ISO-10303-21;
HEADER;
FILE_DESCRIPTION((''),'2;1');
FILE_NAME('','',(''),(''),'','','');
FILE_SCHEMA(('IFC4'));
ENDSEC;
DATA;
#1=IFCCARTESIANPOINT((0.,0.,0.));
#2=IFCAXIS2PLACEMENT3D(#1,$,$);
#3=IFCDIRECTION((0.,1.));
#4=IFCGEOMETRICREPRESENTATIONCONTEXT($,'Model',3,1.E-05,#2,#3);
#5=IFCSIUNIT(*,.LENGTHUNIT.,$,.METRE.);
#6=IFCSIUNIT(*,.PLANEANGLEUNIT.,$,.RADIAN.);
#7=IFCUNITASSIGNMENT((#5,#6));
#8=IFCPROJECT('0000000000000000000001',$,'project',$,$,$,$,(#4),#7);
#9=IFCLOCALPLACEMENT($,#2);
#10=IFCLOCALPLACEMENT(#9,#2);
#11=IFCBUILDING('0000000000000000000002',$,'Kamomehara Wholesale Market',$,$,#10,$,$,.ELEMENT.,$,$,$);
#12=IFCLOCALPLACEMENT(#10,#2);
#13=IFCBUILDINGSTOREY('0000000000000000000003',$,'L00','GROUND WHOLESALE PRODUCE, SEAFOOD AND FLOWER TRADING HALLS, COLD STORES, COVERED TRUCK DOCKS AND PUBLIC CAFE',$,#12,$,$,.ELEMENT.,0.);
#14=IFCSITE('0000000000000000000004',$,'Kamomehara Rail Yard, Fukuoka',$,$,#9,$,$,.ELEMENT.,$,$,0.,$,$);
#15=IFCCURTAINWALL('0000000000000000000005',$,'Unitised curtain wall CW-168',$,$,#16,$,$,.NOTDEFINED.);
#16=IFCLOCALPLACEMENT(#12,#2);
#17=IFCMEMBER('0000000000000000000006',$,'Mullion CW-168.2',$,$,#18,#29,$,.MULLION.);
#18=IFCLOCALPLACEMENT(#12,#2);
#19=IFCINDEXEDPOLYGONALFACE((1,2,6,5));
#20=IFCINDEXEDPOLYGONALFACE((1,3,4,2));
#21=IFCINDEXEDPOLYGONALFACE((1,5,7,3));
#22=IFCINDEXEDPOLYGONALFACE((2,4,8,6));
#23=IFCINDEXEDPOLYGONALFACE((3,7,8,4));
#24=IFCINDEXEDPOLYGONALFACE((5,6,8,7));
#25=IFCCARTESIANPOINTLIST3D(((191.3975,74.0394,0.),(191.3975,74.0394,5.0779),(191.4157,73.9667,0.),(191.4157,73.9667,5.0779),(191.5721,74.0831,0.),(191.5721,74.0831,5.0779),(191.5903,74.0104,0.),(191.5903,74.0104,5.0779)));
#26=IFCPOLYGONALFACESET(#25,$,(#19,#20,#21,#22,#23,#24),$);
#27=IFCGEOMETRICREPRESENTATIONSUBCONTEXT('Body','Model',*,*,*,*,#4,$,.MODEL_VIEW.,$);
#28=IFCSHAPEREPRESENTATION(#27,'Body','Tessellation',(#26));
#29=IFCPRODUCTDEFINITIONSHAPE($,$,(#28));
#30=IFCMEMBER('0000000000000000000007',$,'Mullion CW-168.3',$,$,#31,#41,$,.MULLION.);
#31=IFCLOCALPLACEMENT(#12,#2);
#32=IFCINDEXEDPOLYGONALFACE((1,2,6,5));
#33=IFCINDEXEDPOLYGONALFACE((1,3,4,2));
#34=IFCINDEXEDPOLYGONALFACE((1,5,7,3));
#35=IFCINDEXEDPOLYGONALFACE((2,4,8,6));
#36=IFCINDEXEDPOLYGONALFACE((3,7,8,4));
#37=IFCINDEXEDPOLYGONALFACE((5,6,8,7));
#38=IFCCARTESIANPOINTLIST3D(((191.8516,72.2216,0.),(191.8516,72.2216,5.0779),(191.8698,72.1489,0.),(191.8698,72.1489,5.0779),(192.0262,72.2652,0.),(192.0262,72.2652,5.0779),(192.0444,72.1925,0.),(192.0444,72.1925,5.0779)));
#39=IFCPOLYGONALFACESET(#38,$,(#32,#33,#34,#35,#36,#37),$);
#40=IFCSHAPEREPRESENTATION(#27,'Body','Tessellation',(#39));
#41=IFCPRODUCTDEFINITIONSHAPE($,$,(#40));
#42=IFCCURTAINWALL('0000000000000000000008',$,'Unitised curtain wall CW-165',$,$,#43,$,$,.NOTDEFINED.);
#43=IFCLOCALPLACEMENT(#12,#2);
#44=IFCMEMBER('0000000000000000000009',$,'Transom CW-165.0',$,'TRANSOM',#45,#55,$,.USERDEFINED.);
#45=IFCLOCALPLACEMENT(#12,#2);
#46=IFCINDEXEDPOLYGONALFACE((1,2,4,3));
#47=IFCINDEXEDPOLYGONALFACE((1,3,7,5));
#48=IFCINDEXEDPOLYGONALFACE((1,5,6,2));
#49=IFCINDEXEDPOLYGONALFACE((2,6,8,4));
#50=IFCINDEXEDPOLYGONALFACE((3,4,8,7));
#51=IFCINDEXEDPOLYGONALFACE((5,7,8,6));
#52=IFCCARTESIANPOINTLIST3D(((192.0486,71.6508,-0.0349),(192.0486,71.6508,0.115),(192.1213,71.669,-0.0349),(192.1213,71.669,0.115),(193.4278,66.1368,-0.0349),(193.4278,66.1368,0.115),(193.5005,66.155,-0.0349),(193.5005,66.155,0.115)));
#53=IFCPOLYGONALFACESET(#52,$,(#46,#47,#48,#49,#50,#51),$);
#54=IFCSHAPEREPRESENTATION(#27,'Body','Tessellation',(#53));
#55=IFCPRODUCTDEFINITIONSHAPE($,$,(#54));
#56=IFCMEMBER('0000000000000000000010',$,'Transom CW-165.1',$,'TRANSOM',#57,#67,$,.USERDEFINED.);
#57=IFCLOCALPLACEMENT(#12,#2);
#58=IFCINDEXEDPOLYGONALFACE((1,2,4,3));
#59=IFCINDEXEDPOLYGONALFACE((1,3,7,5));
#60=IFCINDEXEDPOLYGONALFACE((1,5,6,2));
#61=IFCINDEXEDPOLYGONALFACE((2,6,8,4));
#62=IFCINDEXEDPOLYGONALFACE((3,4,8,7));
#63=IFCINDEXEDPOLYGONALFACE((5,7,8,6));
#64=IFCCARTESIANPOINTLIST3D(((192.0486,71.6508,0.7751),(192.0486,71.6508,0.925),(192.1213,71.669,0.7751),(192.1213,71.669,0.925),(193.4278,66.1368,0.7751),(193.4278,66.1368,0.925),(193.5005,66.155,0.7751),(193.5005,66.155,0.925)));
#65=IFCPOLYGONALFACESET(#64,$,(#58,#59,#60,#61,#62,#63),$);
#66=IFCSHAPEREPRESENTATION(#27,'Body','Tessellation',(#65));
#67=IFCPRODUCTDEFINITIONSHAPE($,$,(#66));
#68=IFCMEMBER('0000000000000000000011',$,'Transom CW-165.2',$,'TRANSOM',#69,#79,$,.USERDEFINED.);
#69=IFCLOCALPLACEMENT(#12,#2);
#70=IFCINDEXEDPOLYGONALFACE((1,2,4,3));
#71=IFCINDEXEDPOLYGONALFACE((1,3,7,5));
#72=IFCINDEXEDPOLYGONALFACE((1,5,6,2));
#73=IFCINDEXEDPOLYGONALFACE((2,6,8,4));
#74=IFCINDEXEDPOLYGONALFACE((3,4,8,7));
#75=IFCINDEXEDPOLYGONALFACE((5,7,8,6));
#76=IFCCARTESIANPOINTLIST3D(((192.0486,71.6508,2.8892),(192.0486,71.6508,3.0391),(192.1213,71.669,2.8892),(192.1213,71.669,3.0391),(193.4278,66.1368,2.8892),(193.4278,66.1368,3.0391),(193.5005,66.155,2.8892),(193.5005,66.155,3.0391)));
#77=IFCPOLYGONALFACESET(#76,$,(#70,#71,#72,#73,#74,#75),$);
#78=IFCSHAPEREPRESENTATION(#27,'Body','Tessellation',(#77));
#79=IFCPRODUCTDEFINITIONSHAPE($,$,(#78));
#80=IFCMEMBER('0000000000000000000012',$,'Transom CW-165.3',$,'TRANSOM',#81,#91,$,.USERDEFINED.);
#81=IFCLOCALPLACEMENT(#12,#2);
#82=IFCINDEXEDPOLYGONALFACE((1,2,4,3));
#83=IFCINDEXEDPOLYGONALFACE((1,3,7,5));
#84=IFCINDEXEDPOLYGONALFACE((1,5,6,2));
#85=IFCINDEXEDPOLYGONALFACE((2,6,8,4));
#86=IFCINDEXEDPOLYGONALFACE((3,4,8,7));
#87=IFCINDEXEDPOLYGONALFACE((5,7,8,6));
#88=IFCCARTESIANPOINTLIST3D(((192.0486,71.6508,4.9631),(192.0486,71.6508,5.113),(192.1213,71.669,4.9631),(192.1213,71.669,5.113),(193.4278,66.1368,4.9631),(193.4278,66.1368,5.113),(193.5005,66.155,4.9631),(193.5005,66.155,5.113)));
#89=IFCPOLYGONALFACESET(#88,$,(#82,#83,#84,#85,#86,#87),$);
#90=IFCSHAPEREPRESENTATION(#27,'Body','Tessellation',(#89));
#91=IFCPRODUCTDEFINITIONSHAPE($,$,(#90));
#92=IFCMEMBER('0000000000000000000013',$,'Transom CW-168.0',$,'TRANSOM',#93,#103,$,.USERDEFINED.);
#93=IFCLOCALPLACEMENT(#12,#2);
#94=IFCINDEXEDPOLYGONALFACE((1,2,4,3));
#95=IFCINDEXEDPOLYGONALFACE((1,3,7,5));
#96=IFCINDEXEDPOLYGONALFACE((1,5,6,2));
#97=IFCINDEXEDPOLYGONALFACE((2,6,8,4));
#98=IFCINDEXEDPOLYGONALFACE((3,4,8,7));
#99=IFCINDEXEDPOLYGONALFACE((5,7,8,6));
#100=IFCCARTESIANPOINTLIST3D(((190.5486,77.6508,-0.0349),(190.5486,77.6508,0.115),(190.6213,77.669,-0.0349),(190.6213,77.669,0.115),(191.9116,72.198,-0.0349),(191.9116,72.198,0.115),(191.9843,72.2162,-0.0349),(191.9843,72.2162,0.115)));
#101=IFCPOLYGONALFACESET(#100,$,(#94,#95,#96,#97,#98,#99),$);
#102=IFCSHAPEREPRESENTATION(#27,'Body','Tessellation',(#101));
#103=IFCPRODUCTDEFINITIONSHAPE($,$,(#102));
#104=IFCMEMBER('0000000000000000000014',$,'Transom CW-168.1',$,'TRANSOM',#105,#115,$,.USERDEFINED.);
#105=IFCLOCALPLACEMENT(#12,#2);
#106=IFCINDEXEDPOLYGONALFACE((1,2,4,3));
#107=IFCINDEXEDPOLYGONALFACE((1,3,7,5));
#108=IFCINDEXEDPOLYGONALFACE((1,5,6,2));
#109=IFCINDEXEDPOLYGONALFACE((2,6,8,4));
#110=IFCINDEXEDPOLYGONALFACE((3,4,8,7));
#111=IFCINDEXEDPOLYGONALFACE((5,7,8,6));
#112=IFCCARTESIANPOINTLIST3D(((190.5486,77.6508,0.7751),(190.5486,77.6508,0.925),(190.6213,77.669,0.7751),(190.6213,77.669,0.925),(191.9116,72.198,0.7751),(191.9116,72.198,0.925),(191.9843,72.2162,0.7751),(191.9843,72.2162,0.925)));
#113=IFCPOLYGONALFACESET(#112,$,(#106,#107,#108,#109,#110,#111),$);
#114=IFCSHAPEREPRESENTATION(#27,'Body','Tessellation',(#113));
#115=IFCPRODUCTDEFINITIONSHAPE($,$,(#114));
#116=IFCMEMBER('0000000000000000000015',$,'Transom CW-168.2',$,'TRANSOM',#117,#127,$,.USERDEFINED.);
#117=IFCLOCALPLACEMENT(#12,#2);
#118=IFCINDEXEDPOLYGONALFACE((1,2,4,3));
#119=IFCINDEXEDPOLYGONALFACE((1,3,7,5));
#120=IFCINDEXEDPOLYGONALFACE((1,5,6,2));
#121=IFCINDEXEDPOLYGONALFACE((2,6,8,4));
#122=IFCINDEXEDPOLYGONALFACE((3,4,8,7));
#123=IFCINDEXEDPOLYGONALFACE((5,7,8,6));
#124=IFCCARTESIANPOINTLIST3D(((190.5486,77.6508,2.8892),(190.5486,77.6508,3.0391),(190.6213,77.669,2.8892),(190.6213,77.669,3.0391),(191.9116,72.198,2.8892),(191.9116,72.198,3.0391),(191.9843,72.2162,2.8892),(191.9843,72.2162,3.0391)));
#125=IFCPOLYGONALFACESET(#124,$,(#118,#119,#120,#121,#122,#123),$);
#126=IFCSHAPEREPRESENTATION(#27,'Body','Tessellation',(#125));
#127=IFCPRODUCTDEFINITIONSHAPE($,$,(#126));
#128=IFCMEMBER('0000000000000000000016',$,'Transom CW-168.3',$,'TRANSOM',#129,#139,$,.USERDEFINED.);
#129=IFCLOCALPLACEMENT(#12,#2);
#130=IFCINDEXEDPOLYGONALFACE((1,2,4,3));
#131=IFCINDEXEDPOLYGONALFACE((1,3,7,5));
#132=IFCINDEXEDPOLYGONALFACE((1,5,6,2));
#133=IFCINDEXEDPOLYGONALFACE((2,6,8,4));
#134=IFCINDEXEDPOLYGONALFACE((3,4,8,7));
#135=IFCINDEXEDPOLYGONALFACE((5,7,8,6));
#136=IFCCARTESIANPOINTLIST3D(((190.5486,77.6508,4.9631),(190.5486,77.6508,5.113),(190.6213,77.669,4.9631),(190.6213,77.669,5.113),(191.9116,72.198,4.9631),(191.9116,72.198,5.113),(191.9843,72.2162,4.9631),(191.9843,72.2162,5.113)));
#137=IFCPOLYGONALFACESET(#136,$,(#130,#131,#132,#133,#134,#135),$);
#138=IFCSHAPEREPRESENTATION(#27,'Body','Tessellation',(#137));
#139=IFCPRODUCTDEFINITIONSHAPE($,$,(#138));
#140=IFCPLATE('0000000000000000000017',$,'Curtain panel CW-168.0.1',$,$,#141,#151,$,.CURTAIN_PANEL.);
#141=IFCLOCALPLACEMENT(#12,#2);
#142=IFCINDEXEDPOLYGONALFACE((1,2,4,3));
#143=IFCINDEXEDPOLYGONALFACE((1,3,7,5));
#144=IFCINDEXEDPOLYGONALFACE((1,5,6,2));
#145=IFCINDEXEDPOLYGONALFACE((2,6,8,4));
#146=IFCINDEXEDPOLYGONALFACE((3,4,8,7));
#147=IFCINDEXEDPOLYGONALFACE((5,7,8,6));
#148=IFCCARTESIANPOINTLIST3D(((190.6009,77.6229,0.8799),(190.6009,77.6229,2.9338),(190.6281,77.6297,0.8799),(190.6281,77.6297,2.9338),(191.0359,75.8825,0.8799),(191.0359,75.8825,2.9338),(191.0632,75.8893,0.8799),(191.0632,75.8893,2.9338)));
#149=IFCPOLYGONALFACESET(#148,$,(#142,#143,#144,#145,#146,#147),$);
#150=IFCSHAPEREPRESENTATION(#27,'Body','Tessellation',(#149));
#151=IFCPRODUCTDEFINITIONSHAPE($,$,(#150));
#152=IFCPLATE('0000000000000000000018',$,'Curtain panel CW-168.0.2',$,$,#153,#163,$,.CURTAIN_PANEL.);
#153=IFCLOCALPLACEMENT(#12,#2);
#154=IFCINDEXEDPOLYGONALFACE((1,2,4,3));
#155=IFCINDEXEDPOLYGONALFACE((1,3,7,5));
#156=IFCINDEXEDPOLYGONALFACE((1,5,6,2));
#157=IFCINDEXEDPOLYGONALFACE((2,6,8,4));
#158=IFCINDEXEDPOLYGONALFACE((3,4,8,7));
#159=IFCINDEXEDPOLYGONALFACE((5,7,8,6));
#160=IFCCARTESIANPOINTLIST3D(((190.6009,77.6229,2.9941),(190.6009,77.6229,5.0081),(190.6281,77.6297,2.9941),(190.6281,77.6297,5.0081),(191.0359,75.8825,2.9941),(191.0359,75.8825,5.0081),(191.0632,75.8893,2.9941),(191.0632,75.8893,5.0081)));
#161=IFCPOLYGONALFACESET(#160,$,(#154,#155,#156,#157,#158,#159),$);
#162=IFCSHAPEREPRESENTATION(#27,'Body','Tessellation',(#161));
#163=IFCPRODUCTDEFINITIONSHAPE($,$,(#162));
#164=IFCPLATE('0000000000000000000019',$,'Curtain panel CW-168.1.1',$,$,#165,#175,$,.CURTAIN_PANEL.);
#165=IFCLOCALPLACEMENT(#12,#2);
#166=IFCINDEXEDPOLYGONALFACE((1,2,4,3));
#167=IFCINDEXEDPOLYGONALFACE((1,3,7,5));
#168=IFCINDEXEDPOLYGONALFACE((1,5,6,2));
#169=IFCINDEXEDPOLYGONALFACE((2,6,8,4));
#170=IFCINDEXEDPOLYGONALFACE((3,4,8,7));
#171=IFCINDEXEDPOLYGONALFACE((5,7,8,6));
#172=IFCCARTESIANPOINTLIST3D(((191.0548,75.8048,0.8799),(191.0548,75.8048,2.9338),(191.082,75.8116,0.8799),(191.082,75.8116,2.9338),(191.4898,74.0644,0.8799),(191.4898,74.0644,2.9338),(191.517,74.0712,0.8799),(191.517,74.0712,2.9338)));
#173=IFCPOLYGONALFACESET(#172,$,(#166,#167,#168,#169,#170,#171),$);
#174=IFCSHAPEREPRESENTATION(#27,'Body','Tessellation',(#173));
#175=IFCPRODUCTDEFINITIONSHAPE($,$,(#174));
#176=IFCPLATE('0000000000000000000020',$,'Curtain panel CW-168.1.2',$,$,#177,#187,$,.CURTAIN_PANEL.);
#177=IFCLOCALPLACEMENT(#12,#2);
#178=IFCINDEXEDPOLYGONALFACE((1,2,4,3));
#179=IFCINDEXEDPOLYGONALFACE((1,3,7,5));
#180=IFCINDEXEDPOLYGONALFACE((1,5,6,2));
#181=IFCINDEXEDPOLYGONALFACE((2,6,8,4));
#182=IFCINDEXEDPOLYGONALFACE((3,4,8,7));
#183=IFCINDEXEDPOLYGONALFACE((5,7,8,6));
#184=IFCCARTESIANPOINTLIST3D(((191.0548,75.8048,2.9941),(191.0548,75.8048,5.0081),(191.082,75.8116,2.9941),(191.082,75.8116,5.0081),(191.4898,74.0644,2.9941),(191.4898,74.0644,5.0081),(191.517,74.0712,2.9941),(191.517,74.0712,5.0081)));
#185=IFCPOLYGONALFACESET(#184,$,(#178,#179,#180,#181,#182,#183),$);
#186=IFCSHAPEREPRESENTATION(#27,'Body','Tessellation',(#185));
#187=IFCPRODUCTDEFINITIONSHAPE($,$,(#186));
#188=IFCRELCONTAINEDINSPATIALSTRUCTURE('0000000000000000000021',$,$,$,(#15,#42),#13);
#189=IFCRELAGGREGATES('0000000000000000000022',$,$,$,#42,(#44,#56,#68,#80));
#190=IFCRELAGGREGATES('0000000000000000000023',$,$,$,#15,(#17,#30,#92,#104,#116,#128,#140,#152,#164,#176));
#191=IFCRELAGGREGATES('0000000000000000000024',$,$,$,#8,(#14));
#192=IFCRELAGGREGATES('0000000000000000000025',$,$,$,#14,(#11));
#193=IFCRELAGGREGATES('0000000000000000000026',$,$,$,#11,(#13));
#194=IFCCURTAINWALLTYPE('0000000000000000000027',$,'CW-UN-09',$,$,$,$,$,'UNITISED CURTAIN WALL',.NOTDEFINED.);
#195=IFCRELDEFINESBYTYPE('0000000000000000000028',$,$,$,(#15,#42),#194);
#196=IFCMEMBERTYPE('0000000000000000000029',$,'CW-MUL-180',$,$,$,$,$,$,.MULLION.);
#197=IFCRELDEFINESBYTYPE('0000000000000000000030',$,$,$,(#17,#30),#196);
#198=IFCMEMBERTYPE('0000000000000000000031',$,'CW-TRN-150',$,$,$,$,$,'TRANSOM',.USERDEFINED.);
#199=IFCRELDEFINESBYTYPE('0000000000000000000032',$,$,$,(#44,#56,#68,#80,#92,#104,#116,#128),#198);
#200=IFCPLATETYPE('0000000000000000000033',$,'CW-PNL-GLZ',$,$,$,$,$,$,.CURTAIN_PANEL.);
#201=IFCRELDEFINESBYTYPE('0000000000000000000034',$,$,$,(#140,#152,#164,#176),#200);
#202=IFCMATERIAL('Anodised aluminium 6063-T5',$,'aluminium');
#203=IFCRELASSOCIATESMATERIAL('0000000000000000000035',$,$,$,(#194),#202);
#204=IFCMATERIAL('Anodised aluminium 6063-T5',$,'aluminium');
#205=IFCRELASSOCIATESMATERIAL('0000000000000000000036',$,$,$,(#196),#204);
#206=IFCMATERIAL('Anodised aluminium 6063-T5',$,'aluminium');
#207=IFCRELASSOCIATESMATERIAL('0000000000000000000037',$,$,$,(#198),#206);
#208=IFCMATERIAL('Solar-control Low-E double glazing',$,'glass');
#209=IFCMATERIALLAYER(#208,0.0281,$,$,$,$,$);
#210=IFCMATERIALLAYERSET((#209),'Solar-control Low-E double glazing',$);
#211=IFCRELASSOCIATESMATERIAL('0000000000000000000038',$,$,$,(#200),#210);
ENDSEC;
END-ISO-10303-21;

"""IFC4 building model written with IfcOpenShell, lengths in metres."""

from ifc_helpers import new_model, si_unit, direction, frame, origin, origin_2d, place, context, subcontext, project, spatial, rectangle, extrude, material, layer, layer_set, material_profile, profile_set, type_object, element, aggregate, save


model = new_model("IFC4")

# Units and contexts
model_context = context("Model", 3, precision=1e-05, world=origin(), true_north=direction((0.0, 1.0)))
body_context = subcontext(model_context, "Body", "Model", "MODEL_VIEW")
ifc_project = project(units=[si_unit("LENGTHUNIT", "METRE"), si_unit("PLANEANGLEUNIT", "RADIAN")], contexts=[model_context])

# Site, building, storey
site_placement = place(None, origin())
site = spatial("IfcSite", under=ifc_project, at=site_placement, Name="Kamomehara Rail Yard, Fukuoka", CompositionType="ELEMENT", RefElevation=0.0)
building_placement = place(site_placement, origin())
building = spatial("IfcBuilding", under=site, at=building_placement, Name="Kamomehara Wholesale Market", CompositionType="ELEMENT")
storey_placement = place(building_placement, origin())
storey = spatial("IfcBuildingStorey", under=building, at=storey_placement, Name="L00", Description="GROUND WHOLESALE PRODUCE, SEAFOOD AND FLOWER TRADING HALLS, COLD STORES, COVERED TRUCK DOCKS AND PUBLIC CAFE", CompositionType="ELEMENT", Elevation=0.0)

# Curtain walls, members
ifc_material_1 = material(Name="Anodised aluminium 6063-T5", Category="aluminium")
curtain_wall_type = type_object("IfcCurtainWallType", Name="CW-UN-09", ElementType="UNITISED CURTAIN WALL", PredefinedType="NOTDEFINED", material=ifc_material_1)
curtain_wall_1_placement = place(storey_placement, origin())
curtain_wall_1 = element("IfcCurtainWall", 1, at=curtain_wall_1_placement, inside=storey, type_object=curtain_wall_type, Name="Unitised curtain wall CW-168", PredefinedType="NOTDEFINED")
ifc_material_2 = material(Name="Anodised aluminium 6063-T5", Category="aluminium")
ifc_material_profile_1 = material_profile(ifc_material_2, rectangle(XDim=0.075, YDim=0.1799, at=origin_2d()), Name="ALU-MUL-75x180")
ifc_profile_set_1 = profile_set([ifc_material_profile_1], Name="Anodised aluminium 6063-T5")
member_type_1 = type_object("IfcMemberType", Name="CW-MUL-180", PredefinedType="MULLION", material=ifc_profile_set_1)
member_1_placement = place(storey_placement, frame((191.4939, 74.0249, 0.0), z_axis=(0.0, 0.0, 1.0), x_axis=(0.242494, -0.970153, 0.0)))
member_1 = element("IfcMember", 2, at=member_1_placement, type_object=member_type_1, Name="Mullion CW-168.2", PredefinedType="MULLION", context=body_context, shape_type="SweptSolid", body=[
    extrude(rectangle(XDim=0.075, YDim=0.1799, at=origin_2d()), origin(), (0.0, 0.0, 1.0), 5.0779),
])
member_2_placement = place(storey_placement, frame((191.948, 72.207, 0.0), z_axis=(0.0, 0.0, 1.0), x_axis=(0.242494, -0.970153, 0.0)))
member_2 = element("IfcMember", 3, at=member_2_placement, type_object=member_type_1, Name="Mullion CW-168.3", PredefinedType="MULLION", context=body_context, shape_type="SweptSolid", body=[
    extrude(rectangle(XDim=0.075, YDim=0.1799, at=origin_2d()), origin(), (0.0, 0.0, 1.0), 5.0779),
])
curtain_wall_2_placement = place(storey_placement, origin())
curtain_wall_2 = element("IfcCurtainWall", 4, at=curtain_wall_2_placement, inside=storey, type_object=curtain_wall_type, Name="Unitised curtain wall CW-165", PredefinedType="NOTDEFINED")
ifc_material_3 = material(Name="Anodised aluminium 6063-T5", Category="aluminium")
ifc_material_profile_2 = material_profile(ifc_material_3, rectangle(XDim=0.075, YDim=0.1499, at=origin_2d()), Name="ALU-TRN-75x150")
ifc_profile_set_2 = profile_set([ifc_material_profile_2], Name="Anodised aluminium 6063-T5")
member_type_2 = type_object("IfcMemberType", Name="CW-TRN-150", ElementType="TRANSOM", PredefinedType="USERDEFINED", material=ifc_profile_set_2)
member_3_placement = place(storey_placement, frame((192.085, 71.6599, 0.04), z_axis=(0.242647, -0.970115, 0.0), x_axis=(0.970115, 0.242647, 0.0)))
member_3 = element("IfcMember", 5, at=member_3_placement, type_object=member_type_2, Name="Transom CW-165.0", ObjectType="TRANSOM", PredefinedType="USERDEFINED", context=body_context, shape_type="SweptSolid", body=[
    extrude(rectangle(XDim=0.075, YDim=0.1499, at=origin_2d()), origin(), (0.0, 0.0, 1.0), 5.6838),
])
member_4_placement = place(storey_placement, frame((192.085, 71.6599, 0.8501), z_axis=(0.242647, -0.970115, 0.0), x_axis=(0.970115, 0.242647, 0.0)))
member_4 = element("IfcMember", 6, at=member_4_placement, type_object=member_type_2, Name="Transom CW-165.1", ObjectType="TRANSOM", PredefinedType="USERDEFINED", context=body_context, shape_type="SweptSolid", body=[
    extrude(rectangle(XDim=0.075, YDim=0.1499, at=origin_2d()), origin(), (0.0, 0.0, 1.0), 5.6838),
])
member_5_placement = place(storey_placement, frame((192.085, 71.6599, 2.9641), z_axis=(0.242647, -0.970115, 0.0), x_axis=(0.970115, 0.242647, 0.0)))
member_5 = element("IfcMember", 7, at=member_5_placement, type_object=member_type_2, Name="Transom CW-165.2", ObjectType="TRANSOM", PredefinedType="USERDEFINED", context=body_context, shape_type="SweptSolid", body=[
    extrude(rectangle(XDim=0.075, YDim=0.1499, at=origin_2d()), origin(), (0.0, 0.0, 1.0), 5.6838),
])
member_6_placement = place(storey_placement, frame((192.085, 71.6599, 5.0381), z_axis=(0.242647, -0.970115, 0.0), x_axis=(0.970115, 0.242647, 0.0)))
member_6 = element("IfcMember", 8, at=member_6_placement, type_object=member_type_2, Name="Transom CW-165.3", ObjectType="TRANSOM", PredefinedType="USERDEFINED", context=body_context, shape_type="SweptSolid", body=[
    extrude(rectangle(XDim=0.075, YDim=0.1499, at=origin_2d()), origin(), (0.0, 0.0, 1.0), 5.6838),
])
aggregate(curtain_wall_2, [member_3, member_4, member_5, member_6])

# Members
member_7_placement = place(storey_placement, frame((190.585, 77.6599, 0.04), z_axis=(0.242505, -0.97015, 0.0), x_axis=(0.97015, 0.242505, 0.0)))
member_7 = element("IfcMember", 9, at=member_7_placement, type_object=member_type_2, Name="Transom CW-168.0", ObjectType="TRANSOM", PredefinedType="USERDEFINED", context=body_context, shape_type="SweptSolid", body=[
    extrude(rectangle(XDim=0.075, YDim=0.1499, at=origin_2d()), origin(), (0.0, 0.0, 1.0), 5.6206),
])
member_8_placement = place(storey_placement, frame((190.585, 77.6599, 0.8501), z_axis=(0.242505, -0.97015, 0.0), x_axis=(0.97015, 0.242505, 0.0)))
member_8 = element("IfcMember", 10, at=member_8_placement, type_object=member_type_2, Name="Transom CW-168.1", ObjectType="TRANSOM", PredefinedType="USERDEFINED", context=body_context, shape_type="SweptSolid", body=[
    extrude(rectangle(XDim=0.075, YDim=0.1499, at=origin_2d()), origin(), (0.0, 0.0, 1.0), 5.6206),
])
member_9_placement = place(storey_placement, frame((190.585, 77.6599, 2.9641), z_axis=(0.242505, -0.97015, 0.0), x_axis=(0.97015, 0.242505, 0.0)))
member_9 = element("IfcMember", 11, at=member_9_placement, type_object=member_type_2, Name="Transom CW-168.2", ObjectType="TRANSOM", PredefinedType="USERDEFINED", context=body_context, shape_type="SweptSolid", body=[
    extrude(rectangle(XDim=0.075, YDim=0.1499, at=origin_2d()), origin(), (0.0, 0.0, 1.0), 5.6206),
])
member_10_placement = place(storey_placement, frame((190.585, 77.6599, 5.0381), z_axis=(0.242505, -0.97015, 0.0), x_axis=(0.97015, 0.242505, 0.0)))
member_10 = element("IfcMember", 12, at=member_10_placement, type_object=member_type_2, Name="Transom CW-168.3", ObjectType="TRANSOM", PredefinedType="USERDEFINED", context=body_context, shape_type="SweptSolid", body=[
    extrude(rectangle(XDim=0.075, YDim=0.1499, at=origin_2d()), origin(), (0.0, 0.0, 1.0), 5.6206),
])

# Plates
ifc_material_4 = material(Name="Solar-control Low-E double glazing", Category="glass")
ifc_layer_1 = layer(ifc_material_4, 0.0281)
ifc_layer_set_1 = layer_set([ifc_layer_1], Name="Solar-control Low-E double glazing")
plate_type_1 = type_object("IfcPlateType", Name="CW-PNL-GLZ", PredefinedType="CURTAIN_PANEL", material=ifc_layer_set_1)
plate_1_placement = place(storey_placement, frame((190.832, 76.7561, 0.8799), z_axis=(0.0, 0.0, 1.0), x_axis=(0.242498, -0.970152, 0.0)))
plate_1 = element("IfcPlate", 13, at=plate_1_placement, type_object=plate_type_1, Name="Curtain panel CW-168.0.1", PredefinedType="CURTAIN_PANEL", context=body_context, shape_type="SweptSolid", body=[
    extrude(rectangle(XDim=1.7939, YDim=0.0281, at=origin_2d()), origin(), (0.0, 0.0, 1.0), 2.054),
])
plate_2_placement = place(storey_placement, frame((190.832, 76.7561, 2.9941), z_axis=(0.0, 0.0, 1.0), x_axis=(0.242498, -0.970152, 0.0)))
plate_2 = element("IfcPlate", 14, at=plate_2_placement, type_object=plate_type_1, Name="Curtain panel CW-168.0.2", PredefinedType="CURTAIN_PANEL", context=body_context, shape_type="SweptSolid", body=[
    extrude(rectangle(XDim=1.7939, YDim=0.0281, at=origin_2d()), origin(), (0.0, 0.0, 1.0), 2.0139),
])
plate_3_placement = place(storey_placement, frame((191.2859, 74.938, 0.8799), z_axis=(0.0, 0.0, 1.0), x_axis=(0.242498, -0.970152, 0.0)))
plate_3 = element("IfcPlate", 15, at=plate_3_placement, type_object=plate_type_1, Name="Curtain panel CW-168.1.1", PredefinedType="CURTAIN_PANEL", context=body_context, shape_type="SweptSolid", body=[
    extrude(rectangle(XDim=1.7939, YDim=0.0281, at=origin_2d()), origin(), (0.0, 0.0, 1.0), 2.054),
])
plate_4_placement = place(storey_placement, frame((191.2859, 74.938, 2.9941), z_axis=(0.0, 0.0, 1.0), x_axis=(0.242498, -0.970152, 0.0)))
plate_4 = element("IfcPlate", 16, at=plate_4_placement, type_object=plate_type_1, Name="Curtain panel CW-168.1.2", PredefinedType="CURTAIN_PANEL", context=body_context, shape_type="SweptSolid", body=[
    extrude(rectangle(XDim=1.7939, YDim=0.0281, at=origin_2d()), origin(), (0.0, 0.0, 1.0), 2.0139),
])
aggregate(curtain_wall_1, [member_1, member_2, member_7, member_8, member_9, member_10, plate_1, plate_2, plate_3, plate_4])

save(model, "model.ifc")
